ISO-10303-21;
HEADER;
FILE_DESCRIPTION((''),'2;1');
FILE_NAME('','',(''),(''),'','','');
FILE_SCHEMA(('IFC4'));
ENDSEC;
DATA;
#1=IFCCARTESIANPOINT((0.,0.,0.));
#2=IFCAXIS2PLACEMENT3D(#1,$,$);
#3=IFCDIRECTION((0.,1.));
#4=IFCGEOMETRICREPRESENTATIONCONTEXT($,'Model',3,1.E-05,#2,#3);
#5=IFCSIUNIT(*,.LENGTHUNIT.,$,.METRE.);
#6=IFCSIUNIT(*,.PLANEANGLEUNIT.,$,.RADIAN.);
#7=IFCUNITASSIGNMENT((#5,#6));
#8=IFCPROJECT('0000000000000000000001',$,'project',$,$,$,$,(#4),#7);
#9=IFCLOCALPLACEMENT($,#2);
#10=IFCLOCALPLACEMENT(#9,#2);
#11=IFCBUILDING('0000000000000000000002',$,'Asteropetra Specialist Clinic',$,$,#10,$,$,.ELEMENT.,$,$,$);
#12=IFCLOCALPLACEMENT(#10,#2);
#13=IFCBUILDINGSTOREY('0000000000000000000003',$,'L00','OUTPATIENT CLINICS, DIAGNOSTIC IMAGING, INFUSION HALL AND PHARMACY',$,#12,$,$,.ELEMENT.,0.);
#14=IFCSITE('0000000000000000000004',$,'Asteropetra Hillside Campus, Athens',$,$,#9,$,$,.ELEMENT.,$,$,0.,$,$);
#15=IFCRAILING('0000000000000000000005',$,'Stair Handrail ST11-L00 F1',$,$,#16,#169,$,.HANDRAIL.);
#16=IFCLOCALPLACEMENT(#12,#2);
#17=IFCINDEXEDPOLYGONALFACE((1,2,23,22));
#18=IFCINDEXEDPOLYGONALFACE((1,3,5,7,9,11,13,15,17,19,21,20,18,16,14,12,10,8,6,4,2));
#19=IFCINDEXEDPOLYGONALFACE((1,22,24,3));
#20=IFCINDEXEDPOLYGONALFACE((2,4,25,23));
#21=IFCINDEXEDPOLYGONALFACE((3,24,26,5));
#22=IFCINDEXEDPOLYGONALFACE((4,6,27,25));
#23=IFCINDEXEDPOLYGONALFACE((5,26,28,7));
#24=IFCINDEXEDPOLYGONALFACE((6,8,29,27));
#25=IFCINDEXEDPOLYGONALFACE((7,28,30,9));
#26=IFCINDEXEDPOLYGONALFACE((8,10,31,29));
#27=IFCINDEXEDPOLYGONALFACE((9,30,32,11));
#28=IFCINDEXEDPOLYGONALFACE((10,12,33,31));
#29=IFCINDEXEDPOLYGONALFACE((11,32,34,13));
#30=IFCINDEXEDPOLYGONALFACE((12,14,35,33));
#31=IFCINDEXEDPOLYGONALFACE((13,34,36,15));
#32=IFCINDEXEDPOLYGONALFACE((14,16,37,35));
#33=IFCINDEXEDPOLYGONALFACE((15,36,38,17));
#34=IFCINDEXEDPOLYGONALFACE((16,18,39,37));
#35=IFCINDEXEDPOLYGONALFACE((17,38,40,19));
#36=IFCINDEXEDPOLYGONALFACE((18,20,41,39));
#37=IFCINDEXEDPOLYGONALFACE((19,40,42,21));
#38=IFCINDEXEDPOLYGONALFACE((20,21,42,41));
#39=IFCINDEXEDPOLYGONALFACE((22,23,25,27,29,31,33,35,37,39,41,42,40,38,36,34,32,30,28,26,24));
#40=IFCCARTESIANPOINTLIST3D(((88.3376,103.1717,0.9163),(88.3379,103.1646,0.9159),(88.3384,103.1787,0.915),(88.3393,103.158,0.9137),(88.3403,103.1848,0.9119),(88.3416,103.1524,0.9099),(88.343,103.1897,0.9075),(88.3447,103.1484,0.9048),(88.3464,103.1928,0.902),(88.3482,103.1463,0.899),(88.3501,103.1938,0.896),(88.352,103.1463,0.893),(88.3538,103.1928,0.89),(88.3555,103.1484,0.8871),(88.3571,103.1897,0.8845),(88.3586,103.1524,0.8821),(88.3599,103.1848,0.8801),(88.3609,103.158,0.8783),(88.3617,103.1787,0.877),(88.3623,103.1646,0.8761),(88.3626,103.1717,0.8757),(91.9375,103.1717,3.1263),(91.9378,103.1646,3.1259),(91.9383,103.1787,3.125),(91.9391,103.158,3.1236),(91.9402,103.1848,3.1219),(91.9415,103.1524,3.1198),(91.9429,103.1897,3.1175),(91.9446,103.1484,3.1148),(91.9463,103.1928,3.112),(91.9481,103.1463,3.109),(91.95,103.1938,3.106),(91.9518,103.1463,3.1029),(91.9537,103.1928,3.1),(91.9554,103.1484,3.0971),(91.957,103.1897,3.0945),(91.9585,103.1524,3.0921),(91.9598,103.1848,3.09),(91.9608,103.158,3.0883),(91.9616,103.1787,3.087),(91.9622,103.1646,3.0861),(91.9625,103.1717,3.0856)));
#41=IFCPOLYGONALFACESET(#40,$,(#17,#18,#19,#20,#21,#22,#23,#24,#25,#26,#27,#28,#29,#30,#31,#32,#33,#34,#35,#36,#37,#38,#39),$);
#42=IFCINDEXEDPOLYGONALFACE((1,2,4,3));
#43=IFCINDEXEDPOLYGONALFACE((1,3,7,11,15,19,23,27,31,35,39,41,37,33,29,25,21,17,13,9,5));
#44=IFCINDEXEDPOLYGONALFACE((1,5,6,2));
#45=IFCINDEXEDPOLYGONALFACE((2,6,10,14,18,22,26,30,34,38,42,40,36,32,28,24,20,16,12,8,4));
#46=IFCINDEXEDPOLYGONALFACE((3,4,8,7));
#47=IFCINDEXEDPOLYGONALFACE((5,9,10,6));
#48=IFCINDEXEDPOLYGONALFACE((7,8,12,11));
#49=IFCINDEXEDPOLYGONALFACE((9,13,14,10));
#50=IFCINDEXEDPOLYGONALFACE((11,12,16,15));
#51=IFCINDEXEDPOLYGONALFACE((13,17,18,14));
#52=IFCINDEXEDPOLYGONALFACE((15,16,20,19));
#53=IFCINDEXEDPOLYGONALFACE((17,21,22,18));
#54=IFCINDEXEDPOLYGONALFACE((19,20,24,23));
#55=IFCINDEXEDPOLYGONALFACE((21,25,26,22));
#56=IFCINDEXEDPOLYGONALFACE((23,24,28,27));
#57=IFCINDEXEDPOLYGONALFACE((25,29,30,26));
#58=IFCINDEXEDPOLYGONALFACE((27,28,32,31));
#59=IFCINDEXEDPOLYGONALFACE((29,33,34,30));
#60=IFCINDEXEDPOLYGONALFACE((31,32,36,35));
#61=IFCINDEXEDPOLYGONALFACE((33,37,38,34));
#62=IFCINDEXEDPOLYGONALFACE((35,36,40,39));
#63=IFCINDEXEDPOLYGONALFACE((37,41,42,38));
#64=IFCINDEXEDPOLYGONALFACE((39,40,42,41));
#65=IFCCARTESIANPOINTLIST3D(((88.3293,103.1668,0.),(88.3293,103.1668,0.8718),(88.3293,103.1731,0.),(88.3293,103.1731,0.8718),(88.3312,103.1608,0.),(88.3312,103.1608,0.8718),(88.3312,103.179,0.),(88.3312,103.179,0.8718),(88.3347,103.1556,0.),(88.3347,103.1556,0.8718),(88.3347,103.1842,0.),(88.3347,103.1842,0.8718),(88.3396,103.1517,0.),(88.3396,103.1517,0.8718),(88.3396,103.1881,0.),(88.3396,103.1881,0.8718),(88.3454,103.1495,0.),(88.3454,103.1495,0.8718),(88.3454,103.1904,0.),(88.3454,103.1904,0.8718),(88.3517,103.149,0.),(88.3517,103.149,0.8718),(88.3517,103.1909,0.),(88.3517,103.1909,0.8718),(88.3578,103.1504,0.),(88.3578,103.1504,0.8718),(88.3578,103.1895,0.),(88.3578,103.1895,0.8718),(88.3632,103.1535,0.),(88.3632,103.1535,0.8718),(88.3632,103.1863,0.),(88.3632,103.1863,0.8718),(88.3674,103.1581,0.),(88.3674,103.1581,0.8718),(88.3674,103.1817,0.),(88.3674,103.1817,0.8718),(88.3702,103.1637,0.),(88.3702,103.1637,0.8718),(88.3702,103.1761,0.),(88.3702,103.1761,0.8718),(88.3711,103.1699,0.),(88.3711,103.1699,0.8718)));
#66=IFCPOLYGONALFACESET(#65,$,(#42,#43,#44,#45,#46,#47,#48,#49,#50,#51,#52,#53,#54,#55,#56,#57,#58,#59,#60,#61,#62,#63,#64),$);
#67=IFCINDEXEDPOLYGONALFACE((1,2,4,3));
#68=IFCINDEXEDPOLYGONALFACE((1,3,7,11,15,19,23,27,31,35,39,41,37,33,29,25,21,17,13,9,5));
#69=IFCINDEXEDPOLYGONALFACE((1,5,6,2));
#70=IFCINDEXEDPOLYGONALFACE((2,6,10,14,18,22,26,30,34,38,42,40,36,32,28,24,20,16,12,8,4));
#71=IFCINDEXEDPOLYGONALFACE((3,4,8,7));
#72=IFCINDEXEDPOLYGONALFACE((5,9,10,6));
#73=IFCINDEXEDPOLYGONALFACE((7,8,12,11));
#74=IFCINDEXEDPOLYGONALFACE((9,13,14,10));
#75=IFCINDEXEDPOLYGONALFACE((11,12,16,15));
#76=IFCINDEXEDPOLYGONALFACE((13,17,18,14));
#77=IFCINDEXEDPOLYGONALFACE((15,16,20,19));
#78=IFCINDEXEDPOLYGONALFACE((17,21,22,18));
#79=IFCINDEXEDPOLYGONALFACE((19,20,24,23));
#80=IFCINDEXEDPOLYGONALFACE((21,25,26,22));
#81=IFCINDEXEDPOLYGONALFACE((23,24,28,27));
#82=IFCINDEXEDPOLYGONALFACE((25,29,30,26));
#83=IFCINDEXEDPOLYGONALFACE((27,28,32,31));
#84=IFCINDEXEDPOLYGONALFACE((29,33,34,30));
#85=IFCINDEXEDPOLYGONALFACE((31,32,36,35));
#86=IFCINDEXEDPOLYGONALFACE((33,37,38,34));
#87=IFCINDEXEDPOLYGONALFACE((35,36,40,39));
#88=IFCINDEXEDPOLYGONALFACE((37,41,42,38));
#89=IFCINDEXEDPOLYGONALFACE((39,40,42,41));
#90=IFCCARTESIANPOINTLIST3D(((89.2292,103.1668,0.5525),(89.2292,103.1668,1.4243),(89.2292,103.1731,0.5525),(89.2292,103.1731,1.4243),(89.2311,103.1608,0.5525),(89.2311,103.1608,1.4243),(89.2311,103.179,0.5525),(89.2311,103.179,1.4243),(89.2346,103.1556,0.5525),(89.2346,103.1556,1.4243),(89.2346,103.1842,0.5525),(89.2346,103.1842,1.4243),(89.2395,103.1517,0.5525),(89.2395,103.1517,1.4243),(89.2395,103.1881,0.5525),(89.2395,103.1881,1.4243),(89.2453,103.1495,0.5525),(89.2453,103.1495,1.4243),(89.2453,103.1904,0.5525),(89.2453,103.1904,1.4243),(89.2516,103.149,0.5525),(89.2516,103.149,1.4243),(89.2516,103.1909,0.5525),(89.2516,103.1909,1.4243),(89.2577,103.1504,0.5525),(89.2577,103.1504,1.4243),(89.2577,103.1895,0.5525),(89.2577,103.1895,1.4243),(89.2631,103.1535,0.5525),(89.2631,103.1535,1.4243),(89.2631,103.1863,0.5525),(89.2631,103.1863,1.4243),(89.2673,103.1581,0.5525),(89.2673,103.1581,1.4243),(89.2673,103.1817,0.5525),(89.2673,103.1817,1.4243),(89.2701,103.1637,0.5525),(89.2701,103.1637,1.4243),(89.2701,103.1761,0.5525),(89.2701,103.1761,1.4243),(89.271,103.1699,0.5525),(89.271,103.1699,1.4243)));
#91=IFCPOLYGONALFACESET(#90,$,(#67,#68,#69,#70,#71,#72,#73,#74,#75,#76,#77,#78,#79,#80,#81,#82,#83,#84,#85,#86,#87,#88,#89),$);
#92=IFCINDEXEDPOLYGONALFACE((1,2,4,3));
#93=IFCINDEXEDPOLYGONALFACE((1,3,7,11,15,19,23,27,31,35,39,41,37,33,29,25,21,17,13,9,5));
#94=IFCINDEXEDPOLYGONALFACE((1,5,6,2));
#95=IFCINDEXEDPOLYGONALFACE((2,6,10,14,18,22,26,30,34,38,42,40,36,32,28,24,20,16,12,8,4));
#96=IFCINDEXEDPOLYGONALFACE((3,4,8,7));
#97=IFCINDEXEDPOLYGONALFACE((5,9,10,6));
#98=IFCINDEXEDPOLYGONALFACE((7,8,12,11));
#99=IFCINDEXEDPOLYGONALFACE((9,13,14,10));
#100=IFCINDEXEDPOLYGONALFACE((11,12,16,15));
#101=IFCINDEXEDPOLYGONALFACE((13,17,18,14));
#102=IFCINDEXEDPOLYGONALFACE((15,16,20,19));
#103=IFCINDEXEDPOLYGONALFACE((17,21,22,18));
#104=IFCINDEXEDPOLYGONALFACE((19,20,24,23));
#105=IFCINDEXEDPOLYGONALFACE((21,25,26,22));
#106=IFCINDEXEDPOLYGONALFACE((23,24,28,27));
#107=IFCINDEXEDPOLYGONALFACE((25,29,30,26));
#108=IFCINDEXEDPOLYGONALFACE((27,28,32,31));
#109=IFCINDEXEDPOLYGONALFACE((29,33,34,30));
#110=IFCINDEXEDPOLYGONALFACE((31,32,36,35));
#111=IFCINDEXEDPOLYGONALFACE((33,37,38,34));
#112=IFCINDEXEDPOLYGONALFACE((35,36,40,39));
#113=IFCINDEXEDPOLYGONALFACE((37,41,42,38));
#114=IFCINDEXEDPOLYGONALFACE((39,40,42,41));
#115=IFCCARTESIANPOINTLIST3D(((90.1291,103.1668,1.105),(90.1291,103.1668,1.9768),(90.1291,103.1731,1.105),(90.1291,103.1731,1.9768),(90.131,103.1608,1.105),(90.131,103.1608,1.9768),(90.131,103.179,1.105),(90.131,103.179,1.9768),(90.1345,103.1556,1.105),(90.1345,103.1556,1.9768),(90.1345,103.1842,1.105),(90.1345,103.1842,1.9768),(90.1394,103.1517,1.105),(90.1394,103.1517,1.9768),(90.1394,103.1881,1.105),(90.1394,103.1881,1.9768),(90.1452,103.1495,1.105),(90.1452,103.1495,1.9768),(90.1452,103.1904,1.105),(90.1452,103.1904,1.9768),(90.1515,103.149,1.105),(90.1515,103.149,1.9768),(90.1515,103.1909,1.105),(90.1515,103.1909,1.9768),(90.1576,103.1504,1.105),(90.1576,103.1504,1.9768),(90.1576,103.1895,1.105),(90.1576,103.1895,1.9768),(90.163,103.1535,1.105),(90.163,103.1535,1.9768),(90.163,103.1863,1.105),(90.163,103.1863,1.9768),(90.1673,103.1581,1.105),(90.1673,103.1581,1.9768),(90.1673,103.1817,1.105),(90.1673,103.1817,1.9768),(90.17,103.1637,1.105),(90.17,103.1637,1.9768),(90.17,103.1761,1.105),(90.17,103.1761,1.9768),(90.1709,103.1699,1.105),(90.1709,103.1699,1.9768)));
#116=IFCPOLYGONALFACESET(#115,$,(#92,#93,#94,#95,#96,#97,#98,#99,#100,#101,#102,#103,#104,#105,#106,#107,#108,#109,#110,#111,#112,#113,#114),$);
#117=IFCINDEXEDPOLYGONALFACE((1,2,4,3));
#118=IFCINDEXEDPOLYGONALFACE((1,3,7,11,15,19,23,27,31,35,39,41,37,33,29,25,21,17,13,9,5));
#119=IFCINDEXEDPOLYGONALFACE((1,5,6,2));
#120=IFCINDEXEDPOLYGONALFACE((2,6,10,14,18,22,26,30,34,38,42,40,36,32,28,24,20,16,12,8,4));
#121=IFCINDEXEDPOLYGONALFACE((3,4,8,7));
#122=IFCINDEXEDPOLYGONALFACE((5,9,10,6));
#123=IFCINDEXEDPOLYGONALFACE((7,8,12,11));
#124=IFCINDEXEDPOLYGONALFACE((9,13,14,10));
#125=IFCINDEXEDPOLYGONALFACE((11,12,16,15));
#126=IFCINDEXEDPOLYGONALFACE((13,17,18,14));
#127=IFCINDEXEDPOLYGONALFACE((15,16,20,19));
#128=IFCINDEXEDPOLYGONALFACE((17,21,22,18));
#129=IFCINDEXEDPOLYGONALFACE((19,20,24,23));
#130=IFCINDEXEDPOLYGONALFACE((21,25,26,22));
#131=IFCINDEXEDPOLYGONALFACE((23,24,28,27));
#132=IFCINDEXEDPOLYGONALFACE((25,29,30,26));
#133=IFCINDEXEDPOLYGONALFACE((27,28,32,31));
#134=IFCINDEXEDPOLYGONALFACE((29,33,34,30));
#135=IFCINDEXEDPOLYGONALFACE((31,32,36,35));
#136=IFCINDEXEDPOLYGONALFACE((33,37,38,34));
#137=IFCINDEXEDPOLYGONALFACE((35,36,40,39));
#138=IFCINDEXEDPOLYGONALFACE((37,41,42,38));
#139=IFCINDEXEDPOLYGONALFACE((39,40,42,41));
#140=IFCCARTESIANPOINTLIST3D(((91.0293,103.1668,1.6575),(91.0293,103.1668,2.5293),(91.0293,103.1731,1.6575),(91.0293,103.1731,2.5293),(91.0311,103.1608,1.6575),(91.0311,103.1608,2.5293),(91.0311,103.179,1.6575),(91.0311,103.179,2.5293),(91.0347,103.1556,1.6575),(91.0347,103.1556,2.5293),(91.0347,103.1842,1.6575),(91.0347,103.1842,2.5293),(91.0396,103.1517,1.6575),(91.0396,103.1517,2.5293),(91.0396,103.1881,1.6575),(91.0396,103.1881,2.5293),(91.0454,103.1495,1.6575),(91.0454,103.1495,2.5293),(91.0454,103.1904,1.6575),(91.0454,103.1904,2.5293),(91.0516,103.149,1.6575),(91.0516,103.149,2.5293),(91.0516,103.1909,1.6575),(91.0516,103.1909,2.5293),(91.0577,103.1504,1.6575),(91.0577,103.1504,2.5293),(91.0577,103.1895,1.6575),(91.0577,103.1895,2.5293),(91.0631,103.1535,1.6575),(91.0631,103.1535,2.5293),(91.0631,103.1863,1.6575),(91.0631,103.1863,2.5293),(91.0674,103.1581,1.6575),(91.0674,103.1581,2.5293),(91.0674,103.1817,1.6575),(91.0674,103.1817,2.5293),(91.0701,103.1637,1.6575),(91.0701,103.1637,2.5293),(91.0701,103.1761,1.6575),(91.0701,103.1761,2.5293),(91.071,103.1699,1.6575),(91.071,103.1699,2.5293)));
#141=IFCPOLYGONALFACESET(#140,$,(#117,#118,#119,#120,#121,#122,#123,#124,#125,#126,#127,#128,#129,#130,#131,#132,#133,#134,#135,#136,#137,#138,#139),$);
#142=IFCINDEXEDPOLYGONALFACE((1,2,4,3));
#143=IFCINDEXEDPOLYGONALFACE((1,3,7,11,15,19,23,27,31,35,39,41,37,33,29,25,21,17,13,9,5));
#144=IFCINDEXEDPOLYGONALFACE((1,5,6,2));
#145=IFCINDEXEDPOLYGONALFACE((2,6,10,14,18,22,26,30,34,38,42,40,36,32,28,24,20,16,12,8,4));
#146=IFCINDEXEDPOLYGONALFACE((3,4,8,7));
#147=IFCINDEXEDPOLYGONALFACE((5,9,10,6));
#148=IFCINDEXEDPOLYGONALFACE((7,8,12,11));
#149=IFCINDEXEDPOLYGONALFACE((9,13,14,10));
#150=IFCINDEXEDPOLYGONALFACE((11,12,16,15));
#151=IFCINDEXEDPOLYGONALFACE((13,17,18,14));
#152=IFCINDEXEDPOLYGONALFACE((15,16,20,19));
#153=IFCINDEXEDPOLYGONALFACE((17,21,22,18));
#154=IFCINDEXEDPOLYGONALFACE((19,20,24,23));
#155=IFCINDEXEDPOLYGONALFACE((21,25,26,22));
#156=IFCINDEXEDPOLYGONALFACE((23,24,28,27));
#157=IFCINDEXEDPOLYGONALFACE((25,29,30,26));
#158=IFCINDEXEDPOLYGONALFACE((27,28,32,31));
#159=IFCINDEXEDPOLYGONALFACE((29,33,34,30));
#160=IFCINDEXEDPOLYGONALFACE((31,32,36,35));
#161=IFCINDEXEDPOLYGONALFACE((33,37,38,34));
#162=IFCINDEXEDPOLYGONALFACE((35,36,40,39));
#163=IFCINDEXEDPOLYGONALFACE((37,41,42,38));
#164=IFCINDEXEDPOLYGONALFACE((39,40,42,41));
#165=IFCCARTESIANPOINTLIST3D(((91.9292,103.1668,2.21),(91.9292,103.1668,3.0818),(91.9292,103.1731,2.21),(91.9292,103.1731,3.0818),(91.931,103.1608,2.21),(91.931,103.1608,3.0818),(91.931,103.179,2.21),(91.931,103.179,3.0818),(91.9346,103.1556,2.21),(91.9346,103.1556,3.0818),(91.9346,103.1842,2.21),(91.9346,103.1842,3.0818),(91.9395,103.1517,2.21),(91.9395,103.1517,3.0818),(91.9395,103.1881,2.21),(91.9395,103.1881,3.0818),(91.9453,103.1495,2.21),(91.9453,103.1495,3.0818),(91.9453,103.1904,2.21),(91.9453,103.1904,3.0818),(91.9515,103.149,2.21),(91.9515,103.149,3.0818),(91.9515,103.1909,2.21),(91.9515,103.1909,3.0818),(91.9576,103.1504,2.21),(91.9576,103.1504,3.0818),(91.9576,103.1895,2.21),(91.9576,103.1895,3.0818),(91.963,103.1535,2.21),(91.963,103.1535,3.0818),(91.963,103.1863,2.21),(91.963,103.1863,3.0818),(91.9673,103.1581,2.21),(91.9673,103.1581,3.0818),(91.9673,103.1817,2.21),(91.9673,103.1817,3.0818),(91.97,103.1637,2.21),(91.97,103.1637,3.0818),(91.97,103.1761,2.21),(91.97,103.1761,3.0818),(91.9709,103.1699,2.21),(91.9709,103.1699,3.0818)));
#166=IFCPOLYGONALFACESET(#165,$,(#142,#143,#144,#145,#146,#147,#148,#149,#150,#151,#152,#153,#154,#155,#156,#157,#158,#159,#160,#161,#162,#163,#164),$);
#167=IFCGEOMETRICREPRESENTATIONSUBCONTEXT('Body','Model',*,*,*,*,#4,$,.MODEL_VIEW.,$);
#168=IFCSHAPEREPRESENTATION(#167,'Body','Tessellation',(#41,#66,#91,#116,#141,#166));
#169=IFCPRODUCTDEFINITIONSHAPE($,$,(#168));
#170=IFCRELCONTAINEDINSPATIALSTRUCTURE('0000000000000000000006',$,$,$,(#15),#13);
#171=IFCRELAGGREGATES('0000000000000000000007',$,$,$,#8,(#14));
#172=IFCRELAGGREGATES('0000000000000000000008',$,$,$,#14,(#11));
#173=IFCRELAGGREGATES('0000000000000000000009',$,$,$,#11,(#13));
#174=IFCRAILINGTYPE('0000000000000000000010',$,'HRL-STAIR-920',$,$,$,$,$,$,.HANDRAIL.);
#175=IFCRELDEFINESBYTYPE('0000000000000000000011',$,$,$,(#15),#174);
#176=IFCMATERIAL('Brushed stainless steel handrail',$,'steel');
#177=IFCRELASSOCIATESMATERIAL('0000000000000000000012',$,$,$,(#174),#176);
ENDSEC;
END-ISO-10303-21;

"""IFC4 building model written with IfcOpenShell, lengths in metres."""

from ifc_helpers import new_model, si_unit, direction, frame, origin, origin_2d, place, context, subcontext, project, spatial, circle, extrude, material, type_object, element, save


model = new_model("IFC4")

# Units and contexts
model_context = context("Model", 3, precision=1e-05, world=origin(), true_north=direction((0.0, 1.0)))
body_context = subcontext(model_context, "Body", "Model", "MODEL_VIEW")
ifc_project = project(units=[si_unit("LENGTHUNIT", "METRE"), si_unit("PLANEANGLEUNIT", "RADIAN")], contexts=[model_context])

# Site, building, storey
site_placement = place(None, origin())
site = spatial("IfcSite", under=ifc_project, at=site_placement, Name="Asteropetra Hillside Campus, Athens", CompositionType="ELEMENT", RefElevation=0.0)
building_placement = place(site_placement, origin())
building = spatial("IfcBuilding", under=site, at=building_placement, Name="Asteropetra Specialist Clinic", CompositionType="ELEMENT")
storey_placement = place(building_placement, origin())
storey = spatial("IfcBuildingStorey", under=building, at=storey_placement, Name="L00", Description="OUTPATIENT CLINICS, DIAGNOSTIC IMAGING, INFUSION HALL AND PHARMACY", CompositionType="ELEMENT", Elevation=0.0)

# Railing
ifc_material_1 = material(Name="Brushed stainless steel handrail", Category="steel")
railing_type_1 = type_object("IfcRailingType", Name="HRL-STAIR-920", PredefinedType="HANDRAIL", material=ifc_material_1)
railing_1_placement = place(storey_placement, frame((88.3501, 103.1699, 0.0)))
element("IfcRailing", 1, at=railing_1_placement, inside=storey, type_object=railing_type_1, Name="Stair Handrail ST11-L00 F1", PredefinedType="HANDRAIL", context=body_context, shape_type="SweptSolid", body=[
    extrude(circle(Radius=0.0239, at=origin_2d()), frame((0.0, 0.0, 0.896), z_axis=(0.852221, 0.0, 0.523181), x_axis=(0.0, 1.0, 0.0)), (0.0, 0.0, 1.0), 4.2241),
    extrude(circle(Radius=0.021, at=origin_2d()), origin(), (0.0, 0.0, 1.0), 0.8718),
    extrude(circle(Radius=0.021, at=origin_2d()), frame((0.8999, 0.0, 0.5525)), (0.0, 0.0, 1.0), 0.8718),
    extrude(circle(Radius=0.021, at=origin_2d()), frame((1.7998, 0.0, 1.105)), (0.0, 0.0, 1.0), 0.8718),
    extrude(circle(Radius=0.021, at=origin_2d()), frame((2.7, 0.0, 1.6575)), (0.0, 0.0, 1.0), 0.8718),
    extrude(circle(Radius=0.021, at=origin_2d()), frame((3.5999, 0.0, 2.21)), (0.0, 0.0, 1.0), 0.8718),
])

save(model, "model.ifc")
